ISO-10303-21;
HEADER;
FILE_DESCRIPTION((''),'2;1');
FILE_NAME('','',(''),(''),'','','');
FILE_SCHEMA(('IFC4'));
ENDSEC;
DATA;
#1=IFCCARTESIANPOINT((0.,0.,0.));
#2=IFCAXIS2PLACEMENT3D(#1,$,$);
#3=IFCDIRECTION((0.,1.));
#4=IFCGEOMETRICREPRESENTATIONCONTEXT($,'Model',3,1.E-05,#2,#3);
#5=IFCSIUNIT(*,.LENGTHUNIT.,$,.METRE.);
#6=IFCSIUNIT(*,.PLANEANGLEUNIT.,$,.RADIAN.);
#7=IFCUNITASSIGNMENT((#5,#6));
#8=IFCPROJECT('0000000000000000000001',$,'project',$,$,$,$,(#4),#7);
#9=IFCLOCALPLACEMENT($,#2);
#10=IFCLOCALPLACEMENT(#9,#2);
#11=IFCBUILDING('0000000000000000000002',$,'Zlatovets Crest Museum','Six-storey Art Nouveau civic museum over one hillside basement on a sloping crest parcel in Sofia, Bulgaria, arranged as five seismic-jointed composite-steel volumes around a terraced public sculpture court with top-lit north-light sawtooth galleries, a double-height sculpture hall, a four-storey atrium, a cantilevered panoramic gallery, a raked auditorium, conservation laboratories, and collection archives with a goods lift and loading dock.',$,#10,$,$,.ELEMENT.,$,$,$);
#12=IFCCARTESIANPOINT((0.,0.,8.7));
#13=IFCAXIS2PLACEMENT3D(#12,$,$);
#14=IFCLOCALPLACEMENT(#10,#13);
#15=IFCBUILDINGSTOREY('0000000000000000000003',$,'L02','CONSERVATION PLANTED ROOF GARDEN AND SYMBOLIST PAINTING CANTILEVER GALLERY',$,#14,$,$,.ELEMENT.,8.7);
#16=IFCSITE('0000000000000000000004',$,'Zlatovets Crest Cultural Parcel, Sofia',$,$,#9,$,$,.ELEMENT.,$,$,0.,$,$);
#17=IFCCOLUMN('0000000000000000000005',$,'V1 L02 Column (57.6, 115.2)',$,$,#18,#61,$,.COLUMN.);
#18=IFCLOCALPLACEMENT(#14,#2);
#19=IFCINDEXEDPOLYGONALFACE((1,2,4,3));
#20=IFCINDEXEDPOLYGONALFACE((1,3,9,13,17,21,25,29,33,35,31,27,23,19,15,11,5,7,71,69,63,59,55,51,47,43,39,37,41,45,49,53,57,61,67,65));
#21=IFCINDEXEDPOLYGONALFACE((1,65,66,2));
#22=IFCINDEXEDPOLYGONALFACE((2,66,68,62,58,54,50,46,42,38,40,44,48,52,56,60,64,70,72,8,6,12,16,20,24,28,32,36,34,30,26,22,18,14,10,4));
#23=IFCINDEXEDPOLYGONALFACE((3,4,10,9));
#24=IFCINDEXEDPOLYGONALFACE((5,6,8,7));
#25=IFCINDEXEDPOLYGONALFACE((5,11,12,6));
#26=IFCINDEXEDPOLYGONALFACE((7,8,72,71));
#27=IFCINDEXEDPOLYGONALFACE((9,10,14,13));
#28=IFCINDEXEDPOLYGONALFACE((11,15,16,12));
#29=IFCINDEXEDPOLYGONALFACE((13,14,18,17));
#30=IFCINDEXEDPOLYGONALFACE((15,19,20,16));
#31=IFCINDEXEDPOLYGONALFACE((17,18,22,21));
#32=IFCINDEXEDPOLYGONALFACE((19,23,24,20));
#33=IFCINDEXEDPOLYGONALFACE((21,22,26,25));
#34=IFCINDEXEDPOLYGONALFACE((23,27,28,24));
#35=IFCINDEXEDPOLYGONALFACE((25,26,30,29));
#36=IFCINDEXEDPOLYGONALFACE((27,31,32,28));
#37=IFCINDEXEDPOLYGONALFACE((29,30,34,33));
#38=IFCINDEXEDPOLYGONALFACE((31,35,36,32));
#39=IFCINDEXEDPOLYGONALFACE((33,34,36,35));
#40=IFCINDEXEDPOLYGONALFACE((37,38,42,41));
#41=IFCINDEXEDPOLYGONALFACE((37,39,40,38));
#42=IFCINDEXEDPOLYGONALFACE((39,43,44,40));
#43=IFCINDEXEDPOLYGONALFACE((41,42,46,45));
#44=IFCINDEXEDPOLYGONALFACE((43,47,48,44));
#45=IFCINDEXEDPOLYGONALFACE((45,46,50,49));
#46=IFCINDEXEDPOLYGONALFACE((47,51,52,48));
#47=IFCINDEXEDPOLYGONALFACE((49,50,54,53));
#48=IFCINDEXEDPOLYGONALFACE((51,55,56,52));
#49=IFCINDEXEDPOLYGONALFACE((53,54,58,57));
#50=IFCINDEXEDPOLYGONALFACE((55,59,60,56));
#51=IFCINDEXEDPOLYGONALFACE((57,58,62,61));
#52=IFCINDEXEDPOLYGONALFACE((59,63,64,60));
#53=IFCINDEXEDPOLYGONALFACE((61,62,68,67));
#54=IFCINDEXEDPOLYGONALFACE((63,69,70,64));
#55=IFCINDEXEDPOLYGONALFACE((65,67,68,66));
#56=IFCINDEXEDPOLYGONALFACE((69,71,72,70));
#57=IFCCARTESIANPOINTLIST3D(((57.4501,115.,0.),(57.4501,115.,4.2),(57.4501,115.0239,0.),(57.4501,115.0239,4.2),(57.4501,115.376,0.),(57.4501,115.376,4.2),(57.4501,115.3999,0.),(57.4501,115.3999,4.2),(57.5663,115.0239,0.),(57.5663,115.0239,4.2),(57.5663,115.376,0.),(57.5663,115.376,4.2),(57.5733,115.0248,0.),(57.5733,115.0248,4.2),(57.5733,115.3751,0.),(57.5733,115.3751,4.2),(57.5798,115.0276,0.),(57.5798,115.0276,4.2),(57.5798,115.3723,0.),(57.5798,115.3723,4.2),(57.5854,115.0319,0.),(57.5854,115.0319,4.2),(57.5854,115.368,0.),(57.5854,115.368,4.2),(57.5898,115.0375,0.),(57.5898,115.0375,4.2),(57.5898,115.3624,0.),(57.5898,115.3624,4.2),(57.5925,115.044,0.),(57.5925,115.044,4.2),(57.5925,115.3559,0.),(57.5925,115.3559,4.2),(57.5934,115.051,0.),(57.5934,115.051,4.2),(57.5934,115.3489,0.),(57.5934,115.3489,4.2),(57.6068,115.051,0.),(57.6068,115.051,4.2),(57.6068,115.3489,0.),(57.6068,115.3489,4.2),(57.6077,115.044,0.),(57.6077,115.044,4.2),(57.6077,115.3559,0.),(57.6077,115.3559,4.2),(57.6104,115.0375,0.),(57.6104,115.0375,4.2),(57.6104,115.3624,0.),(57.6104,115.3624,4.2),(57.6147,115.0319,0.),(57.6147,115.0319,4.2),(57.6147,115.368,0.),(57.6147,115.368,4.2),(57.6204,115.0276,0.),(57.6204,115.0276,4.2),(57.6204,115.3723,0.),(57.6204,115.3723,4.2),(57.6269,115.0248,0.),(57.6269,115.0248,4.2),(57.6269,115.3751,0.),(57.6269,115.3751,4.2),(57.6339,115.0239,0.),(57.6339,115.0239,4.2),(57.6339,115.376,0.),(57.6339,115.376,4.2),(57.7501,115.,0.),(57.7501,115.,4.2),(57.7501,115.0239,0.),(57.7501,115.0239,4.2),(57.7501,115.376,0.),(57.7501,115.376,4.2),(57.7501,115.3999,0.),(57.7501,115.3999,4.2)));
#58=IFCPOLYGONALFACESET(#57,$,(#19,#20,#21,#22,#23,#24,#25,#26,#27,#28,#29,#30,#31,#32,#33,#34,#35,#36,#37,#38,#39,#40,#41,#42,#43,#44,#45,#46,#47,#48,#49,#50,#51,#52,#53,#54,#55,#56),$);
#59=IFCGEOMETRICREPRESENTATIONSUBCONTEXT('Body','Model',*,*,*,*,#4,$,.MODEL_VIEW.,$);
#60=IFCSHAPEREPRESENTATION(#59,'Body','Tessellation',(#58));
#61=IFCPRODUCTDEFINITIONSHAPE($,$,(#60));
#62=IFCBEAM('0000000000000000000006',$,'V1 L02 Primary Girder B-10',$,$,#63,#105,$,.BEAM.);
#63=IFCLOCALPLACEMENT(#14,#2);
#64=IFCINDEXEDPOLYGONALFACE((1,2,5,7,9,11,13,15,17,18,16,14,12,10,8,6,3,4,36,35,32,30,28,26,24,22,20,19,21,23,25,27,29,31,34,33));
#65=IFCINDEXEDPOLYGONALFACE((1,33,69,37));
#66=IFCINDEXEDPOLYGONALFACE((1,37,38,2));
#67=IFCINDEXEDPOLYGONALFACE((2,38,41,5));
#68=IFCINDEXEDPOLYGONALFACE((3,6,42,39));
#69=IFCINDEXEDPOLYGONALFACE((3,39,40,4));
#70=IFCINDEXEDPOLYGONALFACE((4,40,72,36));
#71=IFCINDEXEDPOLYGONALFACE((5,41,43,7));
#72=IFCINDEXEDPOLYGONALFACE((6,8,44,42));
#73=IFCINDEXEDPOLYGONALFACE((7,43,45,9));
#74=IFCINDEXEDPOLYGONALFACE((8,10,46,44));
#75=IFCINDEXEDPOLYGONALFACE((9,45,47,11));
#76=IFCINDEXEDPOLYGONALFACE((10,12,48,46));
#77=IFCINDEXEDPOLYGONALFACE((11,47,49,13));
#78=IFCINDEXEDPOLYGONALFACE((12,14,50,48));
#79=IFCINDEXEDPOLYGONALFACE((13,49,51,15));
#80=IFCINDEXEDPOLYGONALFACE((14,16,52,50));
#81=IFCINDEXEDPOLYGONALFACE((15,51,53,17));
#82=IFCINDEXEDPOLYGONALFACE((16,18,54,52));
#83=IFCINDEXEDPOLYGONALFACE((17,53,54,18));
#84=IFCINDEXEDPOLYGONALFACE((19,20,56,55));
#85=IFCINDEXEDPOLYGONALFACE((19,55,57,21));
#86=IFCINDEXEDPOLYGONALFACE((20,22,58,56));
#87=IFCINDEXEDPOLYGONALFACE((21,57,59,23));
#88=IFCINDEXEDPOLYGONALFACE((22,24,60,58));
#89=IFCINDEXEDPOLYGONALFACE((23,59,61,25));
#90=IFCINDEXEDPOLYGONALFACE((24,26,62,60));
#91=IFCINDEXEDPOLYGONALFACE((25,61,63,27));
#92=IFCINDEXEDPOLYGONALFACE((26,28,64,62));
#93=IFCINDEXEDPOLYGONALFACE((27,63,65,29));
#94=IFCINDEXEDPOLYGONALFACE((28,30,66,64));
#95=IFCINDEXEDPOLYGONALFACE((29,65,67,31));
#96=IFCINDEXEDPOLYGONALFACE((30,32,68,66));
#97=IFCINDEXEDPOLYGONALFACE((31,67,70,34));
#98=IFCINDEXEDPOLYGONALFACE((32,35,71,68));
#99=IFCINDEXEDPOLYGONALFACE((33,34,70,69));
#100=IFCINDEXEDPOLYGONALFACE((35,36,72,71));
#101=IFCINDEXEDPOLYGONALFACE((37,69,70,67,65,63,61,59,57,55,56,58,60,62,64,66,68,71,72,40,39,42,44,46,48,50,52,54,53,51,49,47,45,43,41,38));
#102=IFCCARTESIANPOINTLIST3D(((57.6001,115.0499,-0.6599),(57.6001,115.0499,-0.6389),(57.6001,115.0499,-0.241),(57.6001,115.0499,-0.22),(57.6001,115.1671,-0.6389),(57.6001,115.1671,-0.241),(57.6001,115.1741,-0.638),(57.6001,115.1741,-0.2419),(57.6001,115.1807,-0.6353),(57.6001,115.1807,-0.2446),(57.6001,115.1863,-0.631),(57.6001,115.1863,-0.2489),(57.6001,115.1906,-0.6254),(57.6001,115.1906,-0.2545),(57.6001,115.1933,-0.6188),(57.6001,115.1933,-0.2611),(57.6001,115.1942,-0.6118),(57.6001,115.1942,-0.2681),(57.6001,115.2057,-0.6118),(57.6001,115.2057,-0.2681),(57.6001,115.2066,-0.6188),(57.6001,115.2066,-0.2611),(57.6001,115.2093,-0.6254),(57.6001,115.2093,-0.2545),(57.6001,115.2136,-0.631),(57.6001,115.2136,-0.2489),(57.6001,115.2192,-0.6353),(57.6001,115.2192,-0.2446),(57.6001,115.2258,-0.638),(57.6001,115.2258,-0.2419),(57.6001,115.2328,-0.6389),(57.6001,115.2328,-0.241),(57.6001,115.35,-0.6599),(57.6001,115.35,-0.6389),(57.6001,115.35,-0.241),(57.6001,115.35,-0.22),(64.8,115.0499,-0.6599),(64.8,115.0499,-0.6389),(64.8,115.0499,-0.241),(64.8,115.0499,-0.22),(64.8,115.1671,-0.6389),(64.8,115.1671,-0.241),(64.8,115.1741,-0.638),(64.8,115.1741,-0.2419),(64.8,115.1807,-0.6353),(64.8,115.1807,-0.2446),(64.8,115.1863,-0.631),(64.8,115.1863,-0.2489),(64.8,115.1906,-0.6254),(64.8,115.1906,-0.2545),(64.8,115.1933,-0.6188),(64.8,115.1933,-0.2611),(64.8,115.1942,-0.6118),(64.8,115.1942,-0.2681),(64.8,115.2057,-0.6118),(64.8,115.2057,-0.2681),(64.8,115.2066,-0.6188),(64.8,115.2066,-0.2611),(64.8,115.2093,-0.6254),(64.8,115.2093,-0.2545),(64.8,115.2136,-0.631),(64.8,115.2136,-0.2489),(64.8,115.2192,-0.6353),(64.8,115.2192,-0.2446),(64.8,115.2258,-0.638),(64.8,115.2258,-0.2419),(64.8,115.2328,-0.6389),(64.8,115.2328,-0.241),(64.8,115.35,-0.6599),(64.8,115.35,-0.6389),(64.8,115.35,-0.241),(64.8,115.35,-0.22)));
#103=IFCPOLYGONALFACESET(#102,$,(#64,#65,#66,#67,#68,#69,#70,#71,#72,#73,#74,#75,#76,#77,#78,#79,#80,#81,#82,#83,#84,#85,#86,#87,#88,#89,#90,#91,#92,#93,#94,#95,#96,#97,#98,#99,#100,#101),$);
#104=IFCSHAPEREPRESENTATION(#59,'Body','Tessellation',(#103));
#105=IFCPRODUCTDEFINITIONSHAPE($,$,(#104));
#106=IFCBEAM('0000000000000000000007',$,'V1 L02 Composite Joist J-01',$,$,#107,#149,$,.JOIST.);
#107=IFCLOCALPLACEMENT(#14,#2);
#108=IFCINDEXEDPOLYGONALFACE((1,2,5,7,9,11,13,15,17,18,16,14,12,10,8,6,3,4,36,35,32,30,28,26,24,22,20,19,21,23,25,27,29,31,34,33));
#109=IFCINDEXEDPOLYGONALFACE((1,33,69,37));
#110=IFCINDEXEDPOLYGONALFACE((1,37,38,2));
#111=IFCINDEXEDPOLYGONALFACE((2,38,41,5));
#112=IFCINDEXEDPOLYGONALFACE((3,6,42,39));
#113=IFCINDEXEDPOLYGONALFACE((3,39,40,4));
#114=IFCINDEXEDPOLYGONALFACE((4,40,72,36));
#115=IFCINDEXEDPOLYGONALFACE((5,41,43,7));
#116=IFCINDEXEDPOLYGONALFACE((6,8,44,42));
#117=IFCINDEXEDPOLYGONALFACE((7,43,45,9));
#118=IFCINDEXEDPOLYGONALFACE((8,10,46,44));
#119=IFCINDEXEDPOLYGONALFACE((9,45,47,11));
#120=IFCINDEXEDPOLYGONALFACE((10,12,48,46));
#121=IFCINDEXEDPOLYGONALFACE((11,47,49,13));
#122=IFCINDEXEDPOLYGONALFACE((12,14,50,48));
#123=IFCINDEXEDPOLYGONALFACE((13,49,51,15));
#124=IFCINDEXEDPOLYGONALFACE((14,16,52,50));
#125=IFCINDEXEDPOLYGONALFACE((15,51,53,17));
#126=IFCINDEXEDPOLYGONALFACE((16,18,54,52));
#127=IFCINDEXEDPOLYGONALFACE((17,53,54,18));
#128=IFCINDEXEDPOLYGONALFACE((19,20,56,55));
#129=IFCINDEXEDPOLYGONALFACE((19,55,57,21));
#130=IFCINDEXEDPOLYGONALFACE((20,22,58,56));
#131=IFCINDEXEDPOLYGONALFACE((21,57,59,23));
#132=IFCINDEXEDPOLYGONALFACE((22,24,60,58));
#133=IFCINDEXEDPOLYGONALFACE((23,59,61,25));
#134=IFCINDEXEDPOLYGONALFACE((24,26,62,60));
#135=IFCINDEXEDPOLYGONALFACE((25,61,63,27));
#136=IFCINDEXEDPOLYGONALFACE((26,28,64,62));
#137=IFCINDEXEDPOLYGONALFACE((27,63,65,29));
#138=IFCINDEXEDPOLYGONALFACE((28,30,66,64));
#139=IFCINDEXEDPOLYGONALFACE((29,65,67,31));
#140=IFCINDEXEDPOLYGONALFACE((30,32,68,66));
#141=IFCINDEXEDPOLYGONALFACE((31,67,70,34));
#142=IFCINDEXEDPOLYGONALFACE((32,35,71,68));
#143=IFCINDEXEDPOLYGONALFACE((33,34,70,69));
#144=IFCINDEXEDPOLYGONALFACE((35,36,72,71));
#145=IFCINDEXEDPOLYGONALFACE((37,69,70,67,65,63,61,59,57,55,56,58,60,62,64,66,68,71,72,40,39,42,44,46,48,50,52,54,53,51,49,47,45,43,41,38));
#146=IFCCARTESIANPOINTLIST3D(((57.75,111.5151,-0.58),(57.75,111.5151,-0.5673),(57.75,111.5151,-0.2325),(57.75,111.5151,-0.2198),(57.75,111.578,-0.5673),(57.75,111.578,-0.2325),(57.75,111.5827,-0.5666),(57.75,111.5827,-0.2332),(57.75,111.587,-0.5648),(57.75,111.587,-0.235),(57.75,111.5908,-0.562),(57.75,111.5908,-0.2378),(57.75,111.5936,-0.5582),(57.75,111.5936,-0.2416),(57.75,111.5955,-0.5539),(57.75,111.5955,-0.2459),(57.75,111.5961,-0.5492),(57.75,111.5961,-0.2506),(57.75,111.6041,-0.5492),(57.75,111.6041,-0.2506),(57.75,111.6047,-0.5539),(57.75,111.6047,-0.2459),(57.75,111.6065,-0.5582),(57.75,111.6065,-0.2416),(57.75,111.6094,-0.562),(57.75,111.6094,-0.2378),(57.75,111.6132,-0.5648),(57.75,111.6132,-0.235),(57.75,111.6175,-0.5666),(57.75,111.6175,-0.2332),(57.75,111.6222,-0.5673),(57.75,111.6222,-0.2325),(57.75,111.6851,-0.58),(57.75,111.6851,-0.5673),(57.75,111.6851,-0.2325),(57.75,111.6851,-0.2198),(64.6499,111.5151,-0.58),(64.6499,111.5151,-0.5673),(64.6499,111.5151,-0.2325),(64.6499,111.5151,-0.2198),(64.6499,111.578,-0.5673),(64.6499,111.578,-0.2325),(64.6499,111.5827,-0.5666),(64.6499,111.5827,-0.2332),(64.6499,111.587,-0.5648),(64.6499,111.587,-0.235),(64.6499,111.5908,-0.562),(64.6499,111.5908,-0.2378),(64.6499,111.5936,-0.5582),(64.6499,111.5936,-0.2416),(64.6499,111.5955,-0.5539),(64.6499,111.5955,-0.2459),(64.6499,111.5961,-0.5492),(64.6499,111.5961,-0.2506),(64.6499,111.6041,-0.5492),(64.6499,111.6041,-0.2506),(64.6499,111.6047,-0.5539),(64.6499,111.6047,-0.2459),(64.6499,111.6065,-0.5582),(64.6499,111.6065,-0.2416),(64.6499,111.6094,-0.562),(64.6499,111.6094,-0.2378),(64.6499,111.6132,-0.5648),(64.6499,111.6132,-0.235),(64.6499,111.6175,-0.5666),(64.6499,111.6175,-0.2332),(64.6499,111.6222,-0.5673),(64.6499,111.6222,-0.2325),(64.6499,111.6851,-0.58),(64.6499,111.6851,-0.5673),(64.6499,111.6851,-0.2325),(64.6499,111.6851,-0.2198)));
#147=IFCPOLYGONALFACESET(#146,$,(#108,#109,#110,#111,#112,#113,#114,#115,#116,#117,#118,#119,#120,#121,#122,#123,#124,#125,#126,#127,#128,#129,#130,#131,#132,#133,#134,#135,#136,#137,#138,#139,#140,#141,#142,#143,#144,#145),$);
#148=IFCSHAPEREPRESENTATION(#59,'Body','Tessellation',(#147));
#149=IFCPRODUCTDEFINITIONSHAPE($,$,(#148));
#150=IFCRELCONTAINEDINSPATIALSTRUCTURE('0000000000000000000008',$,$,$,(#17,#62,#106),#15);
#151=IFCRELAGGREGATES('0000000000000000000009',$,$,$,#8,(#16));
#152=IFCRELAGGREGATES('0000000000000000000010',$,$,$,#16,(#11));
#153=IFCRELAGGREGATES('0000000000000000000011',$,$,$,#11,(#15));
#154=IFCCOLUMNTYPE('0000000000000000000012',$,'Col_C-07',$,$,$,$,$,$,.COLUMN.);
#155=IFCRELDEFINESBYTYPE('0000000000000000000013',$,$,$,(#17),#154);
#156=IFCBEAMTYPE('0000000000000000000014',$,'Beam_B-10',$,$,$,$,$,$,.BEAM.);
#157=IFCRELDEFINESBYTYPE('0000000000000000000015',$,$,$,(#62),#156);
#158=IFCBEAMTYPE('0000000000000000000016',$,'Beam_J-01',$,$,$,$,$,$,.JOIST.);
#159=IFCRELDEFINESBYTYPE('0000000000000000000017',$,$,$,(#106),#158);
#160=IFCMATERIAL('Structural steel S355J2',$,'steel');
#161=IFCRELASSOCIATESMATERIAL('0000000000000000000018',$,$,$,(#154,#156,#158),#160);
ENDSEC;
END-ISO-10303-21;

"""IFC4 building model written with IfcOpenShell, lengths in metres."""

from ifc_helpers import new_model, si_unit, direction, frame, origin, origin_2d, place, context, subcontext, project, spatial, i_section, extrude, material, material_profile, profile_set, type_object, element, save


model = new_model("IFC4")

# Units and contexts
model_context = context("Model", 3, precision=1e-05, world=origin(), true_north=direction((0.0, 1.0)))
body_context = subcontext(model_context, "Body", "Model", "MODEL_VIEW")
ifc_project = project(units=[si_unit("LENGTHUNIT", "METRE"), si_unit("PLANEANGLEUNIT", "RADIAN")], contexts=[model_context])

# Site, building, storey
site_placement = place(None, origin())
site = spatial("IfcSite", under=ifc_project, at=site_placement, Name="Zlatovets Crest Cultural Parcel, Sofia", CompositionType="ELEMENT", RefElevation=0.0)
building_placement = place(site_placement, origin())
building = spatial("IfcBuilding", under=site, at=building_placement, Name="Zlatovets Crest Museum", Description="Six-storey Art Nouveau civic museum over one hillside basement on a sloping crest parcel in Sofia, Bulgaria, arranged as five seismic-jointed composite-steel volumes around a terraced public sculpture court with top-lit north-light sawtooth galleries, a double-height sculpture hall, a four-storey atrium, a cantilevered panoramic gallery, a raked auditorium, conservation laboratories, and collection archives with a goods lift and loading dock.", CompositionType="ELEMENT")
storey_placement = place(building_placement, frame((0.0, 0.0, 8.7)))
storey = spatial("IfcBuildingStorey", under=building, at=storey_placement, Name="L02", Description="CONSERVATION PLANTED ROOF GARDEN AND SYMBOLIST PAINTING CANTILEVER GALLERY", CompositionType="ELEMENT", Elevation=8.7)

# Column
ifc_material_1 = material(Name="Structural steel S355J2", Category="steel")
ifc_material_profile_1 = material_profile(ifc_material_1, i_section(OverallWidth=0.3, OverallDepth=0.3999, WebThickness=0.0134, FlangeThickness=0.0239, FilletRadius=0.0271, at=origin_2d()), Name="HEB 400")
ifc_profile_set_1 = profile_set([ifc_material_profile_1], Name="Structural steel S355J2")
column_type = type_object("IfcColumnType", Name="Col_C-07", PredefinedType="COLUMN", material=ifc_profile_set_1)
column_placement = place(storey_placement, frame((57.6001, 115.2, 0.0), z_axis=(0.0, 0.0, 1.0), x_axis=(1.0, 0.0, 0.0)))
element("IfcColumn", 1, at=column_placement, inside=storey, type_object=column_type, Name="V1 L02 Column (57.6, 115.2)", PredefinedType="COLUMN", context=body_context, shape_type="SweptSolid", body=[
    extrude(i_section(OverallWidth=0.3, OverallDepth=0.3999, WebThickness=0.0134, FlangeThickness=0.0239, FilletRadius=0.0271, at=origin_2d()), origin(), (0.0, 0.0, 1.0), 4.2),
])

# Beams
ifc_material_profile_2 = material_profile(ifc_material_1, i_section(OverallWidth=0.3, OverallDepth=0.4399, WebThickness=0.0115, FlangeThickness=0.021, FilletRadius=0.0271, at=origin_2d()), Name="HEA 450")
ifc_profile_set_2 = profile_set([ifc_material_profile_2], Name="Structural steel S355J2")
beam_type_1 = type_object("IfcBeamType", Name="Beam_B-10", PredefinedType="BEAM", material=ifc_profile_set_2)
beam_1_placement = place(storey_placement, frame((57.6001, 115.2, -0.4399), z_axis=(1.0, 0.0, 0.0), x_axis=(0.0, 1.0, 0.0)))
element("IfcBeam", 2, at=beam_1_placement, inside=storey, type_object=beam_type_1, Name="V1 L02 Primary Girder B-10", PredefinedType="BEAM", context=body_context, shape_type="SweptSolid", body=[
    extrude(i_section(OverallWidth=0.3, OverallDepth=0.4399, WebThickness=0.0115, FlangeThickness=0.021, FilletRadius=0.0271, at=origin_2d()), origin(), (0.0, 0.0, 1.0), 7.2),
])
ifc_material_profile_3 = material_profile(ifc_material_1, i_section(OverallWidth=0.1699, OverallDepth=0.3601, WebThickness=0.0081, FlangeThickness=0.0127, FilletRadius=0.0181, at=origin_2d()), Name="IPE 360")
ifc_profile_set_3 = profile_set([ifc_material_profile_3], Name="Structural steel S355J2")
beam_type_2 = type_object("IfcBeamType", Name="Beam_J-01", PredefinedType="JOIST", material=ifc_profile_set_3)
beam_2_placement = place(storey_placement, frame((57.75, 111.6001, -0.3999), z_axis=(1.0, 0.0, 0.0), x_axis=(0.0, 1.0, 0.0)))
element("IfcBeam", 3, at=beam_2_placement, inside=storey, type_object=beam_type_2, Name="V1 L02 Composite Joist J-01", PredefinedType="JOIST", context=body_context, shape_type="SweptSolid", body=[
    extrude(i_section(OverallWidth=0.1699, OverallDepth=0.3601, WebThickness=0.0081, FlangeThickness=0.0127, FilletRadius=0.0181, at=origin_2d()), origin(), (0.0, 0.0, 1.0), 6.8999),
])

save(model, "model.ifc")
